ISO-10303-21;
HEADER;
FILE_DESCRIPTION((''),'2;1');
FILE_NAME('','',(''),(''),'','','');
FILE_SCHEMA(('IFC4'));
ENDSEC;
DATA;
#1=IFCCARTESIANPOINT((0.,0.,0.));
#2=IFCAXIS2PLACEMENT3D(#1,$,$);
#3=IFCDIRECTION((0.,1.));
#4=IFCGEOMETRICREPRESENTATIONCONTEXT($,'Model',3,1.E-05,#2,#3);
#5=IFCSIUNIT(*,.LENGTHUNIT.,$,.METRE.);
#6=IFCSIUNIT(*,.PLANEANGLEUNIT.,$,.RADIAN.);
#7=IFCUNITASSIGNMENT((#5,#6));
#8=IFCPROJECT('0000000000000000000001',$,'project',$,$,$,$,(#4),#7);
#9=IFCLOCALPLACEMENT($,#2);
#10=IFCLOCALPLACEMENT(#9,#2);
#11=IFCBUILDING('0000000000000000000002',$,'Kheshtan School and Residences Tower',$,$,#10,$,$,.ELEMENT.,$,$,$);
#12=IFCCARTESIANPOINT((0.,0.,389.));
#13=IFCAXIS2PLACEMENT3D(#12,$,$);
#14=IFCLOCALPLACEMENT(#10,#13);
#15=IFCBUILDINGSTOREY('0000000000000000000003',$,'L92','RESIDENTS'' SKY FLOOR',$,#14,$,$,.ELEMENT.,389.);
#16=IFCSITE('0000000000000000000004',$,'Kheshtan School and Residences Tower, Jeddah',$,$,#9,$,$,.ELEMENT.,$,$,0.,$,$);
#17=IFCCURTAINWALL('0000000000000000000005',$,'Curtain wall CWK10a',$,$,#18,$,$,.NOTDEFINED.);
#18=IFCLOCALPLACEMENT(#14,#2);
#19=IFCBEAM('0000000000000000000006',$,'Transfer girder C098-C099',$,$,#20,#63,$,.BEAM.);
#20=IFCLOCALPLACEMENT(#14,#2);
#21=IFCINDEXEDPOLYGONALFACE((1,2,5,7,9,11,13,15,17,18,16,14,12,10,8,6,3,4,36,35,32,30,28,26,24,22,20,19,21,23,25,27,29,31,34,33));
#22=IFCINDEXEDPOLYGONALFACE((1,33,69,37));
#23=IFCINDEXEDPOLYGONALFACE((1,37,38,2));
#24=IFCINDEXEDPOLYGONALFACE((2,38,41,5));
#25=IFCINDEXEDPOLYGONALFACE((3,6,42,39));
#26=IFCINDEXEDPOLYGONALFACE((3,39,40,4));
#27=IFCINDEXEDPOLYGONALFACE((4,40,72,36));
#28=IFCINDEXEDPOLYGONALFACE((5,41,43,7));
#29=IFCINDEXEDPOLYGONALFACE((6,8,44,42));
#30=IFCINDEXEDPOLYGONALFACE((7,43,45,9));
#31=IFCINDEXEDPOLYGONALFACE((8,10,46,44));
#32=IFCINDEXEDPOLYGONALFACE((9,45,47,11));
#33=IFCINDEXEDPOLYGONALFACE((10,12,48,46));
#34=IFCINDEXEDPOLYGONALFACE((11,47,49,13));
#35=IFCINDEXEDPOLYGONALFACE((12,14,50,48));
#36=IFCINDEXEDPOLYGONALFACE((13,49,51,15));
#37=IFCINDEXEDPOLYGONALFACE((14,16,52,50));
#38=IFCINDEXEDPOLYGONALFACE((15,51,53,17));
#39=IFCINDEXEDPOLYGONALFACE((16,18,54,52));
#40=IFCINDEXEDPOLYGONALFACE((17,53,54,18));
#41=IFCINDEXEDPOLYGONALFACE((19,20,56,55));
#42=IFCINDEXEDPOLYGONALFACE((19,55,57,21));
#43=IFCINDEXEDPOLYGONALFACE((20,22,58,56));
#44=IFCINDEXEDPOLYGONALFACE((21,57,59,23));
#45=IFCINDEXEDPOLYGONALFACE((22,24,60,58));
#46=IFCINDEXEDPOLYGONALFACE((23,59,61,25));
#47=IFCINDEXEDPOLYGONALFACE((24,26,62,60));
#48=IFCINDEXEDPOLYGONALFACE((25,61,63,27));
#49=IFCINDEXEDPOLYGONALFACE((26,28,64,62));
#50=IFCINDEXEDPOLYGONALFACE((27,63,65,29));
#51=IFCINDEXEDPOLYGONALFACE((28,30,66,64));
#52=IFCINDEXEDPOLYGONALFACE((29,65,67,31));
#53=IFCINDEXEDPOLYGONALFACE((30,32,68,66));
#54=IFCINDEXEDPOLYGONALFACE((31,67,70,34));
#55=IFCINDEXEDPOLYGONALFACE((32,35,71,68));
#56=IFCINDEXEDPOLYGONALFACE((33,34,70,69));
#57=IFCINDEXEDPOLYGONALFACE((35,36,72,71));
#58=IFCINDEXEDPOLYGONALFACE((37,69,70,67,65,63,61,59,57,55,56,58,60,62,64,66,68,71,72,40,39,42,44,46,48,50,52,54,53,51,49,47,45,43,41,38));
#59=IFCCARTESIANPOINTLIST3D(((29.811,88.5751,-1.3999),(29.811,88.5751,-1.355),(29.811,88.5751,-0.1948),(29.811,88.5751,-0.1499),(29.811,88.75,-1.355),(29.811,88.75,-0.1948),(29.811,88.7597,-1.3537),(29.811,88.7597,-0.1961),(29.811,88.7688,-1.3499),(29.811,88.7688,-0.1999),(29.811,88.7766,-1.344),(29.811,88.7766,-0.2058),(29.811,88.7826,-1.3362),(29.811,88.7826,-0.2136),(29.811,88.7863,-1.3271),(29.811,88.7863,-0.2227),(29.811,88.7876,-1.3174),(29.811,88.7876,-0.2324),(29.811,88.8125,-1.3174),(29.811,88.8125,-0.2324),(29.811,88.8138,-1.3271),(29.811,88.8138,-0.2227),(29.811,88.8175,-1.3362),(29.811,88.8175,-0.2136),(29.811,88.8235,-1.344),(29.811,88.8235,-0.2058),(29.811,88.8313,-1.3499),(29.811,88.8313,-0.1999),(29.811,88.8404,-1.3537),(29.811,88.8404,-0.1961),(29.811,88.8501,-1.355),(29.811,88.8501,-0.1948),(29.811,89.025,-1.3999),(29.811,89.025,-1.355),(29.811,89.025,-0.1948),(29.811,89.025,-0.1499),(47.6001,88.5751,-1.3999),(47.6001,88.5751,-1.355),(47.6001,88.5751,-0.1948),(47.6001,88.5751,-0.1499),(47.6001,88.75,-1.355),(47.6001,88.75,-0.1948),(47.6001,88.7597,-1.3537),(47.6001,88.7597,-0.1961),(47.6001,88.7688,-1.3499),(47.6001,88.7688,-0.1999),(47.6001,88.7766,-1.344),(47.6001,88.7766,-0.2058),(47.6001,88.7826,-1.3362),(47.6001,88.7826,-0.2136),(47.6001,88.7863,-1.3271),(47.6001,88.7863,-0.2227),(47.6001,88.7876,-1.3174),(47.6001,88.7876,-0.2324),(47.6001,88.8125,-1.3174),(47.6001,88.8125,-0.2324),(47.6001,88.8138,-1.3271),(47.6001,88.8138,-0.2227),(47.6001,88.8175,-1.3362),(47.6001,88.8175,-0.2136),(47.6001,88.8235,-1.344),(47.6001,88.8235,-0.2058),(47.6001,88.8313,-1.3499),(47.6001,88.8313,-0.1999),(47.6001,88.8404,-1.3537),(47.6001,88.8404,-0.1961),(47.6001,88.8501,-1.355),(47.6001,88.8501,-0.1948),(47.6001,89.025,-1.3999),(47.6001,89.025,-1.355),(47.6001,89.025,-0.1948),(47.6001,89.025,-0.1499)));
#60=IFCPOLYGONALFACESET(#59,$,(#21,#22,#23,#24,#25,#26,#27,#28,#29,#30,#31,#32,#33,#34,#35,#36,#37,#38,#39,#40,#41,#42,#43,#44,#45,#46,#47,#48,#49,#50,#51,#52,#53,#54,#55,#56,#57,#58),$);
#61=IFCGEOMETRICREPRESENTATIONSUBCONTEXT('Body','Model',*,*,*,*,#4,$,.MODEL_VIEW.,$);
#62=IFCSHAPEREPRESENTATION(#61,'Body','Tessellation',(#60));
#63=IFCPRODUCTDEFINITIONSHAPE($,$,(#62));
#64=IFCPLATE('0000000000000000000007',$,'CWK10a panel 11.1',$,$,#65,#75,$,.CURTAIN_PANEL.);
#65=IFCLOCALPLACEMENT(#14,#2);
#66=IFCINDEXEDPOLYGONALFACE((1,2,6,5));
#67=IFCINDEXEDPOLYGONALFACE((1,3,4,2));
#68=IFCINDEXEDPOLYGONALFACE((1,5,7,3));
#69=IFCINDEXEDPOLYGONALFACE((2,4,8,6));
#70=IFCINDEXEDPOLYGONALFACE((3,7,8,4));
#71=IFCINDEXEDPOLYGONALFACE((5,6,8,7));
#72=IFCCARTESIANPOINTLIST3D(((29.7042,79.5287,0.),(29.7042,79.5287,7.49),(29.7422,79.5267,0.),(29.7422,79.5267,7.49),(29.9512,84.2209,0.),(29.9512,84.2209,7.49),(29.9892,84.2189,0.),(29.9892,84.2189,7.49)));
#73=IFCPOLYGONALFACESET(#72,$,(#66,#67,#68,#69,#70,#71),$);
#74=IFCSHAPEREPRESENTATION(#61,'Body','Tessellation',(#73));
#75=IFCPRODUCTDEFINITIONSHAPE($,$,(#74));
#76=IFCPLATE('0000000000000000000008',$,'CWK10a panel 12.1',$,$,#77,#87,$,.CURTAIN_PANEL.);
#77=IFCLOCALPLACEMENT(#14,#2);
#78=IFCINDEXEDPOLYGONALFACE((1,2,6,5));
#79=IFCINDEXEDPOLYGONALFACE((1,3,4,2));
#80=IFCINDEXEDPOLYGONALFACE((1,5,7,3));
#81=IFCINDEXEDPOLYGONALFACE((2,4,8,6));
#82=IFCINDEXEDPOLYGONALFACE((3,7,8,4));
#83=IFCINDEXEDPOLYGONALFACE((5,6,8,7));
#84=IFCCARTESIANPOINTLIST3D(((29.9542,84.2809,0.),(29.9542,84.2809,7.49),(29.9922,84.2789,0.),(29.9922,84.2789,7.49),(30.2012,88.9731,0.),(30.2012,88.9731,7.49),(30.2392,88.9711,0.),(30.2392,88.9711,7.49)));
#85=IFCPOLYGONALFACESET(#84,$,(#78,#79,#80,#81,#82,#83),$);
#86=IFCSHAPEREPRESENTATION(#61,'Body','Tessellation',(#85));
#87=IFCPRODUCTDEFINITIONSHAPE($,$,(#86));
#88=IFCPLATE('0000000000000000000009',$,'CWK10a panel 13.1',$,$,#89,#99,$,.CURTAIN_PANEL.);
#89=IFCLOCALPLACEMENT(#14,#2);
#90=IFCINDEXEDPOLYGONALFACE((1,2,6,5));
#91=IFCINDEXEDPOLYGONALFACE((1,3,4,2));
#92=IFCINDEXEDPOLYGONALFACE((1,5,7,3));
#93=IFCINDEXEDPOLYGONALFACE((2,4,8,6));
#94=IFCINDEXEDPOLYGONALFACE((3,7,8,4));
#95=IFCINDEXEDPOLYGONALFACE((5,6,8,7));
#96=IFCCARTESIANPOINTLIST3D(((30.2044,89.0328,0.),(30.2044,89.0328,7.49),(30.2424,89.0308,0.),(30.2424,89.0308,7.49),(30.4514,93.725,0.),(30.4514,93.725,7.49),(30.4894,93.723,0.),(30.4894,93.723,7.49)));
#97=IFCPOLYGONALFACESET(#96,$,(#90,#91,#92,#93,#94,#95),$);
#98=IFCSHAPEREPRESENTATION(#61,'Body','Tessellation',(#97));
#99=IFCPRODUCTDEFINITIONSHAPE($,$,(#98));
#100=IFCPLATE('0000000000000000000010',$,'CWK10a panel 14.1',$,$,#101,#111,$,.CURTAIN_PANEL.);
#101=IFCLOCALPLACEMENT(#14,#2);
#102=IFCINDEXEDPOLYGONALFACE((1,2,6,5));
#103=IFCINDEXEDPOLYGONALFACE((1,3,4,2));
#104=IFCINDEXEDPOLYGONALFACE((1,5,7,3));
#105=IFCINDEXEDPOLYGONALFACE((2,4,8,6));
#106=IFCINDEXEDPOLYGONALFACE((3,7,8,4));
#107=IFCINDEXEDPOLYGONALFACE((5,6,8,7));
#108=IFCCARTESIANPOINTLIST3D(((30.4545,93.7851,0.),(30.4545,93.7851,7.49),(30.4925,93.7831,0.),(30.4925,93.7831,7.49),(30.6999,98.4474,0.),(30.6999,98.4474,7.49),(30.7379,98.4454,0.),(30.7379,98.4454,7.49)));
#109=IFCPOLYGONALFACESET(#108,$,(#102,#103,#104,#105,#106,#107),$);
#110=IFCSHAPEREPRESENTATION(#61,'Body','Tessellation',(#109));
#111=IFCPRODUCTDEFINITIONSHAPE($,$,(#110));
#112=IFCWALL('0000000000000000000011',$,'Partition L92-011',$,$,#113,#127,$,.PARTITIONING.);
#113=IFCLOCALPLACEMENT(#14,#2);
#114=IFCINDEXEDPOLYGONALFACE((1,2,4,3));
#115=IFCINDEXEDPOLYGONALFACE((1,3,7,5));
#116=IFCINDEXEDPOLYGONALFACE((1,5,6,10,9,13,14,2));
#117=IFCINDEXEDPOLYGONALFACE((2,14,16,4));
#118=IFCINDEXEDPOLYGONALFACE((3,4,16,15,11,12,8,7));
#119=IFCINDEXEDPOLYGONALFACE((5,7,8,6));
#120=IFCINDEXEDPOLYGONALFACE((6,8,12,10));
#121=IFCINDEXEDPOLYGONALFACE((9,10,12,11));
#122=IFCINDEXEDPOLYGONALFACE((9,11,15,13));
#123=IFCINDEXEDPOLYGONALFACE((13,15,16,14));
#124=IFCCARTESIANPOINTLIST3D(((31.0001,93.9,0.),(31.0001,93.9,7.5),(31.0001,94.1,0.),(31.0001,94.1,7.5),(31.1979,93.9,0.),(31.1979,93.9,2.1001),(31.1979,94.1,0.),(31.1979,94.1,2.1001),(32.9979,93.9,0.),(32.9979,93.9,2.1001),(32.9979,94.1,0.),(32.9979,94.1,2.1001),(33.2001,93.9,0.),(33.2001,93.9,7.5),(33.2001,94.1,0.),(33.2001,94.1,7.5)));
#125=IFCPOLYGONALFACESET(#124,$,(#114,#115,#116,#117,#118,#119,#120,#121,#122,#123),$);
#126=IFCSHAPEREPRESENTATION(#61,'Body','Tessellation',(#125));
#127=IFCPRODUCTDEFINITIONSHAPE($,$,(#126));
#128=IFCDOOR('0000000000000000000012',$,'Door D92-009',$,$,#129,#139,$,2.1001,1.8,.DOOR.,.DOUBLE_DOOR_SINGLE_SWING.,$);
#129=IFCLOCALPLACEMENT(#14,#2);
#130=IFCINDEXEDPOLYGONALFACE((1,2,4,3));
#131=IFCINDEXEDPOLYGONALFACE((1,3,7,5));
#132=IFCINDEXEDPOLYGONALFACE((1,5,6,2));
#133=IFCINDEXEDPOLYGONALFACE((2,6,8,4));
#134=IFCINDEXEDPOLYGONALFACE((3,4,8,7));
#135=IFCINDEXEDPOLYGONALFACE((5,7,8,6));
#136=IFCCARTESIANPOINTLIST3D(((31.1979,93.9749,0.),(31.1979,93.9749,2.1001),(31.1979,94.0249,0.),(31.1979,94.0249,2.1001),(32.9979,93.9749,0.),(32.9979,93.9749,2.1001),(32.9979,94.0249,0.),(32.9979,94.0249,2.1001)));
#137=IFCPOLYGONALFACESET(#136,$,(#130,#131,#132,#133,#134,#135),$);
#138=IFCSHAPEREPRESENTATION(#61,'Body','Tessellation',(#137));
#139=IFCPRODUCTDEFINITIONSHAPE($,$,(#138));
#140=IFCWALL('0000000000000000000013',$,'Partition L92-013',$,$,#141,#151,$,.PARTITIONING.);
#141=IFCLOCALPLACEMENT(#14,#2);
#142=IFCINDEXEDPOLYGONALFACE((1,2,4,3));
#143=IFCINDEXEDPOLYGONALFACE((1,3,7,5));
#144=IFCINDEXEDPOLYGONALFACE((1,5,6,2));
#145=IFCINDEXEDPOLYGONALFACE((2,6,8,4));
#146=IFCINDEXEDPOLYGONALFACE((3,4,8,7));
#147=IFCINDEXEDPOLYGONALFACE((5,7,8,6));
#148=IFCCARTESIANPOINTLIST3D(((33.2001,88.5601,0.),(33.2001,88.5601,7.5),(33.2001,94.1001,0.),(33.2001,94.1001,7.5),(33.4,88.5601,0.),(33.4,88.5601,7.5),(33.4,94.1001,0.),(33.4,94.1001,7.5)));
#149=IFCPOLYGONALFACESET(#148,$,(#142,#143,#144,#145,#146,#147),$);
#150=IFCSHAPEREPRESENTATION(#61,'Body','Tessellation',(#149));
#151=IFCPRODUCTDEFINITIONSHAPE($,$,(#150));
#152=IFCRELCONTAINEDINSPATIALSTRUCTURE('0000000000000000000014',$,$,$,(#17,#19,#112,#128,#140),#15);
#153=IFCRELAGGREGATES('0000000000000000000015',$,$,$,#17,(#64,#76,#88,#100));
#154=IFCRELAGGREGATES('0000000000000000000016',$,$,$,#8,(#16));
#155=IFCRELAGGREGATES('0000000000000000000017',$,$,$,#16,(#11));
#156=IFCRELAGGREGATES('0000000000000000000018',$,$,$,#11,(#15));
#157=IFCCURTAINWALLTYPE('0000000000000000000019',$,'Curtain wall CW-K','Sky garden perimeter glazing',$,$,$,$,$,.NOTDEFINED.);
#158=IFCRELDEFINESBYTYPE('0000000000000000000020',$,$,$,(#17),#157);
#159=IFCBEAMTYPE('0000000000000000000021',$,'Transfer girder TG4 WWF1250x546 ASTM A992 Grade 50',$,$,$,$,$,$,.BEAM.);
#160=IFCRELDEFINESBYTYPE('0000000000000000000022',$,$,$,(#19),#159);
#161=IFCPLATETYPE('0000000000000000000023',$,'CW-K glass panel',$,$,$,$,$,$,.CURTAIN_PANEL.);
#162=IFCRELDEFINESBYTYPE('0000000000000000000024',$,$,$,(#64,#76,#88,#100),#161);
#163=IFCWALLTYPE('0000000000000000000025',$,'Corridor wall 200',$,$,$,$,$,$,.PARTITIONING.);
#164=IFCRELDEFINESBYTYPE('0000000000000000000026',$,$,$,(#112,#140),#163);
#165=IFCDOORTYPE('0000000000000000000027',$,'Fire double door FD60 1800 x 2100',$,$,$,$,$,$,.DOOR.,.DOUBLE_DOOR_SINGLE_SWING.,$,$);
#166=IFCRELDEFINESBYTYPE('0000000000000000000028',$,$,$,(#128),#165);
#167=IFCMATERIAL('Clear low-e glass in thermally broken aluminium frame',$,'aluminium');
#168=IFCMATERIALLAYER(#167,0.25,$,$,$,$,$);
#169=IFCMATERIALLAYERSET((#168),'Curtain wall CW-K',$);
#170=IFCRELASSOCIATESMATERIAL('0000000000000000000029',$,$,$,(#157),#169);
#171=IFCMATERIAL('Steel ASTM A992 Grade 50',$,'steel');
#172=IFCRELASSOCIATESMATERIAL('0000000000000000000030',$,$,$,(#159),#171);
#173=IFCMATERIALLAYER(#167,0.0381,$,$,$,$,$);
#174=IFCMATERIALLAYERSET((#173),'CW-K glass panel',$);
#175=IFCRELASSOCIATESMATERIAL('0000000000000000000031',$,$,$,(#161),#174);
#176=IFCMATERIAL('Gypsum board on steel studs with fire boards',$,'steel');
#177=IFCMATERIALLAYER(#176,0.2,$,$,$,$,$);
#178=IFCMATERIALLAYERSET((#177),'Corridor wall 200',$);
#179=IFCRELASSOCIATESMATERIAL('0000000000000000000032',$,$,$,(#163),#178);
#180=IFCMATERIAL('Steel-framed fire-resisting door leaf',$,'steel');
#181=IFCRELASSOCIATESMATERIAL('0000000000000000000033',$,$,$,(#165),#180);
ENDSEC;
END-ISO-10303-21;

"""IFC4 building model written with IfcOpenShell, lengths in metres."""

from ifc_helpers import new_model, si_unit, direction, frame, frame_2d, origin, origin_2d, place, context, subcontext, project, spatial, rectangle, i_section, extrude, source, transform, mapped, material, layer, layer_set, material_profile, profile_set, type_object, element, fill, aggregate, save


model = new_model("IFC4")

# Units and contexts
model_context = context("Model", 3, precision=1e-05, world=origin(), true_north=direction((0.0, 1.0)))
body_context = subcontext(model_context, "Body", "Model", "MODEL_VIEW")
ifc_project = project(units=[si_unit("LENGTHUNIT", "METRE"), si_unit("PLANEANGLEUNIT", "RADIAN")], contexts=[model_context])

# Site, building, storey
site_placement = place(None, origin())
site = spatial("IfcSite", under=ifc_project, at=site_placement, Name="Kheshtan School and Residences Tower, Jeddah", CompositionType="ELEMENT", RefElevation=0.0)
building_placement = place(site_placement, origin())
building = spatial("IfcBuilding", under=site, at=building_placement, Name="Kheshtan School and Residences Tower", CompositionType="ELEMENT")
storey_placement = place(building_placement, frame((0.0, 0.0, 389.0)))
storey = spatial("IfcBuildingStorey", under=building, at=storey_placement, Name="L92", Description="RESIDENTS' SKY FLOOR", CompositionType="ELEMENT", Elevation=389.0)

# Shared definitions
ifc_material_1 = material(Name="Steel ASTM A992 Grade 50", Category="steel")

# Curtain wall
ifc_material_2 = material(Name="Clear low-e glass in thermally broken aluminium frame", Category="aluminium")
ifc_layer_1 = layer(ifc_material_2, 0.25)
ifc_layer_set_1 = layer_set([ifc_layer_1], Name="Curtain wall CW-K")
curtain_wall_type = type_object("IfcCurtainWallType", Name="Curtain wall CW-K", Description="Sky garden perimeter glazing", PredefinedType="NOTDEFINED", material=ifc_layer_set_1)
curtain_wall_placement = place(storey_placement, origin())
curtain_wall = element("IfcCurtainWall", 1, at=curtain_wall_placement, inside=storey, type_object=curtain_wall_type, Name="Curtain wall CWK10a", PredefinedType="NOTDEFINED")

# Beam
ifc_material_profile_1 = material_profile(ifc_material_1, i_section(OverallWidth=0.45, OverallDepth=1.25, WebThickness=0.0249, FlangeThickness=0.0449, FilletRadius=0.0376, at=origin_2d()), Name="WWF1250x546")
ifc_profile_set_1 = profile_set([ifc_material_profile_1], Name="Steel ASTM A992 Grade 50")
beam_type_1 = type_object("IfcBeamType", Name="Transfer girder TG4 WWF1250x546 ASTM A992 Grade 50", PredefinedType="BEAM", material=ifc_profile_set_1)
beam_1_placement = place(storey_placement, frame((29.811, 88.8, -0.7749), z_axis=(1.0, 0.0, 0.0), x_axis=(0.0, 1.0, 0.0)))
element("IfcBeam", 2, at=beam_1_placement, inside=storey, type_object=beam_type_1, Name="Transfer girder C098-C099", PredefinedType="BEAM", context=body_context, shape_type="SweptSolid", body=[
    extrude(i_section(OverallWidth=0.45, OverallDepth=1.25, WebThickness=0.0249, FlangeThickness=0.0449, FilletRadius=0.0376, at=origin_2d()), origin(), (0.0, 0.0, 1.0), 17.7891),
])

# Plates
ifc_layer_2 = layer(ifc_material_2, 0.0381)
ifc_layer_set_2 = layer_set([ifc_layer_2], Name="CW-K glass panel")
plate_type = type_object("IfcPlateType", Name="CW-K glass panel", PredefinedType="CURTAIN_PANEL", material=ifc_layer_set_2)
plate_1_placement = place(storey_placement, frame((29.8467, 81.8738, 0.0), z_axis=(0.0, 0.0, 1.0), x_axis=(0.052565, 0.998617, 0.0)))
plate_1 = element("IfcPlate", 3, at=plate_1_placement, type_object=plate_type, Name="CWK10a panel 11.1", PredefinedType="CURTAIN_PANEL", context=body_context, shape_type="SweptSolid", body=[
    extrude(rectangle(XDim=4.6987, YDim=0.0381, at=origin_2d()), origin(), (0.0, 0.0, 1.0), 7.49),
])
plate_2_placement = place(storey_placement, frame((30.0967, 86.626, 0.0), z_axis=(0.0, 0.0, 1.0), x_axis=(0.052565, 0.998617, 0.0)))
plate_2 = element("IfcPlate", 4, at=plate_2_placement, type_object=plate_type, Name="CWK10a panel 12.1", PredefinedType="CURTAIN_PANEL", context=body_context, shape_type="SweptSolid", body=[
    extrude(rectangle(XDim=4.6987, YDim=0.0381, at=origin_2d()), origin(), (0.0, 0.0, 1.0), 7.49),
])
plate_3_placement = place(storey_placement, frame((30.3469, 91.3779, 0.0), z_axis=(0.0, 0.0, 1.0), x_axis=(0.052565, 0.998617, 0.0)))
plate_3 = element("IfcPlate", 5, at=plate_3_placement, type_object=plate_type, Name="CWK10a panel 13.1", PredefinedType="CURTAIN_PANEL", context=body_context, shape_type="SweptSolid", body=[
    extrude(rectangle(XDim=4.6987, YDim=0.0381, at=origin_2d()), origin(), (0.0, 0.0, 1.0), 7.49),
])
plate_4_placement = place(storey_placement, frame((30.5962, 96.1152, 0.0), z_axis=(0.0, 0.0, 1.0), x_axis=(0.052565, 0.998617, 0.0)))
plate_4 = element("IfcPlate", 6, at=plate_4_placement, type_object=plate_type, Name="CWK10a panel 14.1", PredefinedType="CURTAIN_PANEL", context=body_context, shape_type="SweptSolid", body=[
    extrude(rectangle(XDim=4.6687, YDim=0.0381, at=origin_2d()), origin(), (0.0, 0.0, 1.0), 7.49),
])
aggregate(curtain_wall, [plate_1, plate_2, plate_3, plate_4])

# Shared definitions
ifc_material_3 = material(Name="Gypsum board on steel studs with fire boards", Category="steel")
ifc_layer_3 = layer(ifc_material_3, 0.2)
ifc_layer_set_3 = layer_set([ifc_layer_3], Name="Corridor wall 200")
wall_type_1 = type_object("IfcWallType", Name="Corridor wall 200", PredefinedType="PARTITIONING", material=ifc_layer_set_3)

# Wall, opening, door
wall_1_placement = place(storey_placement, frame((31.0, 94.0, 0.0), z_axis=(0.0, 0.0, 1.0), x_axis=(1.0, 0.0, 0.0)))
wall_1 = element("IfcWall", 7, at=wall_1_placement, inside=storey, type_object=wall_type_1, Name="Partition L92-011", PredefinedType="PARTITIONING", context=body_context, shape_type="SweptSolid", body=[
    extrude(rectangle(XDim=2.2, YDim=0.2, at=frame_2d((1.1001, 0.0))), origin(), (0.0, 0.0, 1.0), 7.5),
])
opening_1_placement = place(wall_1_placement, frame((0.198, 0.0, 0.0)))
opening_1 = element("IfcOpeningElement", 8, at=opening_1_placement, cuts=wall_1, PredefinedType="OPENING", context=body_context, shape_type="SweptSolid", body=[
    extrude(rectangle(XDim=1.8, YDim=2.1001, at=frame_2d((0.8999, 1.05))), frame((0.0, 0.1099, 0.0), z_axis=(0.0, -1.0, 0.0), x_axis=(1.0, 0.0, 0.0)), (0.0, 0.0, 1.0), 0.22),
])
ifc_material_4 = material(Name="Steel-framed fire-resisting door leaf", Category="steel")
door_type_1 = type_object("IfcDoorType", Name="Fire double door FD60 1800 x 2100", OperationType="DOUBLE_DOOR_SINGLE_SWING", PredefinedType="DOOR", material=ifc_material_4)
shared_shape_1 = source(origin(), body_context, "Body", "SweptSolid", [
    extrude(rectangle(XDim=1.8, YDim=2.1001, at=frame_2d((0.8999, 1.05))), frame((0.0, 0.0249, 0.0), z_axis=(0.0, -1.0, 0.0), x_axis=(1.0, 0.0, 0.0)), (0.0, 0.0, 1.0), 0.05),
])
door_1_placement = place(opening_1_placement, origin())
door_1 = element("IfcDoor", 9, at=door_1_placement, inside=storey, type_object=door_type_1, Name="Door D92-009", OperationType="DOUBLE_DOOR_SINGLE_SWING", OverallHeight=2.1001, OverallWidth=1.8, PredefinedType="DOOR", context=body_context, shape_type="MappedRepresentation", body=[
    mapped(shared_shape_1, transform((0.0, 0.0, 0.0), x_axis=(1.0, 0.0, 0.0), y_axis=(0.0, 1.0, 0.0), z_axis=(0.0, 0.0, 1.0), scale=1.0)),
])
fill(opening_1, door_1)

# Wall
wall_2_placement = place(storey_placement, frame((33.3, 88.5601, 0.0), z_axis=(0.0, 0.0, 1.0), x_axis=(0.0, 1.0, 0.0)))
element("IfcWall", 10, at=wall_2_placement, inside=storey, type_object=wall_type_1, Name="Partition L92-013", PredefinedType="PARTITIONING", context=body_context, shape_type="SweptSolid", body=[
    extrude(rectangle(XDim=5.54, YDim=0.2, at=frame_2d((2.77, 0.0))), origin(), (0.0, 0.0, 1.0), 7.5),
])

save(model, "model.ifc")
